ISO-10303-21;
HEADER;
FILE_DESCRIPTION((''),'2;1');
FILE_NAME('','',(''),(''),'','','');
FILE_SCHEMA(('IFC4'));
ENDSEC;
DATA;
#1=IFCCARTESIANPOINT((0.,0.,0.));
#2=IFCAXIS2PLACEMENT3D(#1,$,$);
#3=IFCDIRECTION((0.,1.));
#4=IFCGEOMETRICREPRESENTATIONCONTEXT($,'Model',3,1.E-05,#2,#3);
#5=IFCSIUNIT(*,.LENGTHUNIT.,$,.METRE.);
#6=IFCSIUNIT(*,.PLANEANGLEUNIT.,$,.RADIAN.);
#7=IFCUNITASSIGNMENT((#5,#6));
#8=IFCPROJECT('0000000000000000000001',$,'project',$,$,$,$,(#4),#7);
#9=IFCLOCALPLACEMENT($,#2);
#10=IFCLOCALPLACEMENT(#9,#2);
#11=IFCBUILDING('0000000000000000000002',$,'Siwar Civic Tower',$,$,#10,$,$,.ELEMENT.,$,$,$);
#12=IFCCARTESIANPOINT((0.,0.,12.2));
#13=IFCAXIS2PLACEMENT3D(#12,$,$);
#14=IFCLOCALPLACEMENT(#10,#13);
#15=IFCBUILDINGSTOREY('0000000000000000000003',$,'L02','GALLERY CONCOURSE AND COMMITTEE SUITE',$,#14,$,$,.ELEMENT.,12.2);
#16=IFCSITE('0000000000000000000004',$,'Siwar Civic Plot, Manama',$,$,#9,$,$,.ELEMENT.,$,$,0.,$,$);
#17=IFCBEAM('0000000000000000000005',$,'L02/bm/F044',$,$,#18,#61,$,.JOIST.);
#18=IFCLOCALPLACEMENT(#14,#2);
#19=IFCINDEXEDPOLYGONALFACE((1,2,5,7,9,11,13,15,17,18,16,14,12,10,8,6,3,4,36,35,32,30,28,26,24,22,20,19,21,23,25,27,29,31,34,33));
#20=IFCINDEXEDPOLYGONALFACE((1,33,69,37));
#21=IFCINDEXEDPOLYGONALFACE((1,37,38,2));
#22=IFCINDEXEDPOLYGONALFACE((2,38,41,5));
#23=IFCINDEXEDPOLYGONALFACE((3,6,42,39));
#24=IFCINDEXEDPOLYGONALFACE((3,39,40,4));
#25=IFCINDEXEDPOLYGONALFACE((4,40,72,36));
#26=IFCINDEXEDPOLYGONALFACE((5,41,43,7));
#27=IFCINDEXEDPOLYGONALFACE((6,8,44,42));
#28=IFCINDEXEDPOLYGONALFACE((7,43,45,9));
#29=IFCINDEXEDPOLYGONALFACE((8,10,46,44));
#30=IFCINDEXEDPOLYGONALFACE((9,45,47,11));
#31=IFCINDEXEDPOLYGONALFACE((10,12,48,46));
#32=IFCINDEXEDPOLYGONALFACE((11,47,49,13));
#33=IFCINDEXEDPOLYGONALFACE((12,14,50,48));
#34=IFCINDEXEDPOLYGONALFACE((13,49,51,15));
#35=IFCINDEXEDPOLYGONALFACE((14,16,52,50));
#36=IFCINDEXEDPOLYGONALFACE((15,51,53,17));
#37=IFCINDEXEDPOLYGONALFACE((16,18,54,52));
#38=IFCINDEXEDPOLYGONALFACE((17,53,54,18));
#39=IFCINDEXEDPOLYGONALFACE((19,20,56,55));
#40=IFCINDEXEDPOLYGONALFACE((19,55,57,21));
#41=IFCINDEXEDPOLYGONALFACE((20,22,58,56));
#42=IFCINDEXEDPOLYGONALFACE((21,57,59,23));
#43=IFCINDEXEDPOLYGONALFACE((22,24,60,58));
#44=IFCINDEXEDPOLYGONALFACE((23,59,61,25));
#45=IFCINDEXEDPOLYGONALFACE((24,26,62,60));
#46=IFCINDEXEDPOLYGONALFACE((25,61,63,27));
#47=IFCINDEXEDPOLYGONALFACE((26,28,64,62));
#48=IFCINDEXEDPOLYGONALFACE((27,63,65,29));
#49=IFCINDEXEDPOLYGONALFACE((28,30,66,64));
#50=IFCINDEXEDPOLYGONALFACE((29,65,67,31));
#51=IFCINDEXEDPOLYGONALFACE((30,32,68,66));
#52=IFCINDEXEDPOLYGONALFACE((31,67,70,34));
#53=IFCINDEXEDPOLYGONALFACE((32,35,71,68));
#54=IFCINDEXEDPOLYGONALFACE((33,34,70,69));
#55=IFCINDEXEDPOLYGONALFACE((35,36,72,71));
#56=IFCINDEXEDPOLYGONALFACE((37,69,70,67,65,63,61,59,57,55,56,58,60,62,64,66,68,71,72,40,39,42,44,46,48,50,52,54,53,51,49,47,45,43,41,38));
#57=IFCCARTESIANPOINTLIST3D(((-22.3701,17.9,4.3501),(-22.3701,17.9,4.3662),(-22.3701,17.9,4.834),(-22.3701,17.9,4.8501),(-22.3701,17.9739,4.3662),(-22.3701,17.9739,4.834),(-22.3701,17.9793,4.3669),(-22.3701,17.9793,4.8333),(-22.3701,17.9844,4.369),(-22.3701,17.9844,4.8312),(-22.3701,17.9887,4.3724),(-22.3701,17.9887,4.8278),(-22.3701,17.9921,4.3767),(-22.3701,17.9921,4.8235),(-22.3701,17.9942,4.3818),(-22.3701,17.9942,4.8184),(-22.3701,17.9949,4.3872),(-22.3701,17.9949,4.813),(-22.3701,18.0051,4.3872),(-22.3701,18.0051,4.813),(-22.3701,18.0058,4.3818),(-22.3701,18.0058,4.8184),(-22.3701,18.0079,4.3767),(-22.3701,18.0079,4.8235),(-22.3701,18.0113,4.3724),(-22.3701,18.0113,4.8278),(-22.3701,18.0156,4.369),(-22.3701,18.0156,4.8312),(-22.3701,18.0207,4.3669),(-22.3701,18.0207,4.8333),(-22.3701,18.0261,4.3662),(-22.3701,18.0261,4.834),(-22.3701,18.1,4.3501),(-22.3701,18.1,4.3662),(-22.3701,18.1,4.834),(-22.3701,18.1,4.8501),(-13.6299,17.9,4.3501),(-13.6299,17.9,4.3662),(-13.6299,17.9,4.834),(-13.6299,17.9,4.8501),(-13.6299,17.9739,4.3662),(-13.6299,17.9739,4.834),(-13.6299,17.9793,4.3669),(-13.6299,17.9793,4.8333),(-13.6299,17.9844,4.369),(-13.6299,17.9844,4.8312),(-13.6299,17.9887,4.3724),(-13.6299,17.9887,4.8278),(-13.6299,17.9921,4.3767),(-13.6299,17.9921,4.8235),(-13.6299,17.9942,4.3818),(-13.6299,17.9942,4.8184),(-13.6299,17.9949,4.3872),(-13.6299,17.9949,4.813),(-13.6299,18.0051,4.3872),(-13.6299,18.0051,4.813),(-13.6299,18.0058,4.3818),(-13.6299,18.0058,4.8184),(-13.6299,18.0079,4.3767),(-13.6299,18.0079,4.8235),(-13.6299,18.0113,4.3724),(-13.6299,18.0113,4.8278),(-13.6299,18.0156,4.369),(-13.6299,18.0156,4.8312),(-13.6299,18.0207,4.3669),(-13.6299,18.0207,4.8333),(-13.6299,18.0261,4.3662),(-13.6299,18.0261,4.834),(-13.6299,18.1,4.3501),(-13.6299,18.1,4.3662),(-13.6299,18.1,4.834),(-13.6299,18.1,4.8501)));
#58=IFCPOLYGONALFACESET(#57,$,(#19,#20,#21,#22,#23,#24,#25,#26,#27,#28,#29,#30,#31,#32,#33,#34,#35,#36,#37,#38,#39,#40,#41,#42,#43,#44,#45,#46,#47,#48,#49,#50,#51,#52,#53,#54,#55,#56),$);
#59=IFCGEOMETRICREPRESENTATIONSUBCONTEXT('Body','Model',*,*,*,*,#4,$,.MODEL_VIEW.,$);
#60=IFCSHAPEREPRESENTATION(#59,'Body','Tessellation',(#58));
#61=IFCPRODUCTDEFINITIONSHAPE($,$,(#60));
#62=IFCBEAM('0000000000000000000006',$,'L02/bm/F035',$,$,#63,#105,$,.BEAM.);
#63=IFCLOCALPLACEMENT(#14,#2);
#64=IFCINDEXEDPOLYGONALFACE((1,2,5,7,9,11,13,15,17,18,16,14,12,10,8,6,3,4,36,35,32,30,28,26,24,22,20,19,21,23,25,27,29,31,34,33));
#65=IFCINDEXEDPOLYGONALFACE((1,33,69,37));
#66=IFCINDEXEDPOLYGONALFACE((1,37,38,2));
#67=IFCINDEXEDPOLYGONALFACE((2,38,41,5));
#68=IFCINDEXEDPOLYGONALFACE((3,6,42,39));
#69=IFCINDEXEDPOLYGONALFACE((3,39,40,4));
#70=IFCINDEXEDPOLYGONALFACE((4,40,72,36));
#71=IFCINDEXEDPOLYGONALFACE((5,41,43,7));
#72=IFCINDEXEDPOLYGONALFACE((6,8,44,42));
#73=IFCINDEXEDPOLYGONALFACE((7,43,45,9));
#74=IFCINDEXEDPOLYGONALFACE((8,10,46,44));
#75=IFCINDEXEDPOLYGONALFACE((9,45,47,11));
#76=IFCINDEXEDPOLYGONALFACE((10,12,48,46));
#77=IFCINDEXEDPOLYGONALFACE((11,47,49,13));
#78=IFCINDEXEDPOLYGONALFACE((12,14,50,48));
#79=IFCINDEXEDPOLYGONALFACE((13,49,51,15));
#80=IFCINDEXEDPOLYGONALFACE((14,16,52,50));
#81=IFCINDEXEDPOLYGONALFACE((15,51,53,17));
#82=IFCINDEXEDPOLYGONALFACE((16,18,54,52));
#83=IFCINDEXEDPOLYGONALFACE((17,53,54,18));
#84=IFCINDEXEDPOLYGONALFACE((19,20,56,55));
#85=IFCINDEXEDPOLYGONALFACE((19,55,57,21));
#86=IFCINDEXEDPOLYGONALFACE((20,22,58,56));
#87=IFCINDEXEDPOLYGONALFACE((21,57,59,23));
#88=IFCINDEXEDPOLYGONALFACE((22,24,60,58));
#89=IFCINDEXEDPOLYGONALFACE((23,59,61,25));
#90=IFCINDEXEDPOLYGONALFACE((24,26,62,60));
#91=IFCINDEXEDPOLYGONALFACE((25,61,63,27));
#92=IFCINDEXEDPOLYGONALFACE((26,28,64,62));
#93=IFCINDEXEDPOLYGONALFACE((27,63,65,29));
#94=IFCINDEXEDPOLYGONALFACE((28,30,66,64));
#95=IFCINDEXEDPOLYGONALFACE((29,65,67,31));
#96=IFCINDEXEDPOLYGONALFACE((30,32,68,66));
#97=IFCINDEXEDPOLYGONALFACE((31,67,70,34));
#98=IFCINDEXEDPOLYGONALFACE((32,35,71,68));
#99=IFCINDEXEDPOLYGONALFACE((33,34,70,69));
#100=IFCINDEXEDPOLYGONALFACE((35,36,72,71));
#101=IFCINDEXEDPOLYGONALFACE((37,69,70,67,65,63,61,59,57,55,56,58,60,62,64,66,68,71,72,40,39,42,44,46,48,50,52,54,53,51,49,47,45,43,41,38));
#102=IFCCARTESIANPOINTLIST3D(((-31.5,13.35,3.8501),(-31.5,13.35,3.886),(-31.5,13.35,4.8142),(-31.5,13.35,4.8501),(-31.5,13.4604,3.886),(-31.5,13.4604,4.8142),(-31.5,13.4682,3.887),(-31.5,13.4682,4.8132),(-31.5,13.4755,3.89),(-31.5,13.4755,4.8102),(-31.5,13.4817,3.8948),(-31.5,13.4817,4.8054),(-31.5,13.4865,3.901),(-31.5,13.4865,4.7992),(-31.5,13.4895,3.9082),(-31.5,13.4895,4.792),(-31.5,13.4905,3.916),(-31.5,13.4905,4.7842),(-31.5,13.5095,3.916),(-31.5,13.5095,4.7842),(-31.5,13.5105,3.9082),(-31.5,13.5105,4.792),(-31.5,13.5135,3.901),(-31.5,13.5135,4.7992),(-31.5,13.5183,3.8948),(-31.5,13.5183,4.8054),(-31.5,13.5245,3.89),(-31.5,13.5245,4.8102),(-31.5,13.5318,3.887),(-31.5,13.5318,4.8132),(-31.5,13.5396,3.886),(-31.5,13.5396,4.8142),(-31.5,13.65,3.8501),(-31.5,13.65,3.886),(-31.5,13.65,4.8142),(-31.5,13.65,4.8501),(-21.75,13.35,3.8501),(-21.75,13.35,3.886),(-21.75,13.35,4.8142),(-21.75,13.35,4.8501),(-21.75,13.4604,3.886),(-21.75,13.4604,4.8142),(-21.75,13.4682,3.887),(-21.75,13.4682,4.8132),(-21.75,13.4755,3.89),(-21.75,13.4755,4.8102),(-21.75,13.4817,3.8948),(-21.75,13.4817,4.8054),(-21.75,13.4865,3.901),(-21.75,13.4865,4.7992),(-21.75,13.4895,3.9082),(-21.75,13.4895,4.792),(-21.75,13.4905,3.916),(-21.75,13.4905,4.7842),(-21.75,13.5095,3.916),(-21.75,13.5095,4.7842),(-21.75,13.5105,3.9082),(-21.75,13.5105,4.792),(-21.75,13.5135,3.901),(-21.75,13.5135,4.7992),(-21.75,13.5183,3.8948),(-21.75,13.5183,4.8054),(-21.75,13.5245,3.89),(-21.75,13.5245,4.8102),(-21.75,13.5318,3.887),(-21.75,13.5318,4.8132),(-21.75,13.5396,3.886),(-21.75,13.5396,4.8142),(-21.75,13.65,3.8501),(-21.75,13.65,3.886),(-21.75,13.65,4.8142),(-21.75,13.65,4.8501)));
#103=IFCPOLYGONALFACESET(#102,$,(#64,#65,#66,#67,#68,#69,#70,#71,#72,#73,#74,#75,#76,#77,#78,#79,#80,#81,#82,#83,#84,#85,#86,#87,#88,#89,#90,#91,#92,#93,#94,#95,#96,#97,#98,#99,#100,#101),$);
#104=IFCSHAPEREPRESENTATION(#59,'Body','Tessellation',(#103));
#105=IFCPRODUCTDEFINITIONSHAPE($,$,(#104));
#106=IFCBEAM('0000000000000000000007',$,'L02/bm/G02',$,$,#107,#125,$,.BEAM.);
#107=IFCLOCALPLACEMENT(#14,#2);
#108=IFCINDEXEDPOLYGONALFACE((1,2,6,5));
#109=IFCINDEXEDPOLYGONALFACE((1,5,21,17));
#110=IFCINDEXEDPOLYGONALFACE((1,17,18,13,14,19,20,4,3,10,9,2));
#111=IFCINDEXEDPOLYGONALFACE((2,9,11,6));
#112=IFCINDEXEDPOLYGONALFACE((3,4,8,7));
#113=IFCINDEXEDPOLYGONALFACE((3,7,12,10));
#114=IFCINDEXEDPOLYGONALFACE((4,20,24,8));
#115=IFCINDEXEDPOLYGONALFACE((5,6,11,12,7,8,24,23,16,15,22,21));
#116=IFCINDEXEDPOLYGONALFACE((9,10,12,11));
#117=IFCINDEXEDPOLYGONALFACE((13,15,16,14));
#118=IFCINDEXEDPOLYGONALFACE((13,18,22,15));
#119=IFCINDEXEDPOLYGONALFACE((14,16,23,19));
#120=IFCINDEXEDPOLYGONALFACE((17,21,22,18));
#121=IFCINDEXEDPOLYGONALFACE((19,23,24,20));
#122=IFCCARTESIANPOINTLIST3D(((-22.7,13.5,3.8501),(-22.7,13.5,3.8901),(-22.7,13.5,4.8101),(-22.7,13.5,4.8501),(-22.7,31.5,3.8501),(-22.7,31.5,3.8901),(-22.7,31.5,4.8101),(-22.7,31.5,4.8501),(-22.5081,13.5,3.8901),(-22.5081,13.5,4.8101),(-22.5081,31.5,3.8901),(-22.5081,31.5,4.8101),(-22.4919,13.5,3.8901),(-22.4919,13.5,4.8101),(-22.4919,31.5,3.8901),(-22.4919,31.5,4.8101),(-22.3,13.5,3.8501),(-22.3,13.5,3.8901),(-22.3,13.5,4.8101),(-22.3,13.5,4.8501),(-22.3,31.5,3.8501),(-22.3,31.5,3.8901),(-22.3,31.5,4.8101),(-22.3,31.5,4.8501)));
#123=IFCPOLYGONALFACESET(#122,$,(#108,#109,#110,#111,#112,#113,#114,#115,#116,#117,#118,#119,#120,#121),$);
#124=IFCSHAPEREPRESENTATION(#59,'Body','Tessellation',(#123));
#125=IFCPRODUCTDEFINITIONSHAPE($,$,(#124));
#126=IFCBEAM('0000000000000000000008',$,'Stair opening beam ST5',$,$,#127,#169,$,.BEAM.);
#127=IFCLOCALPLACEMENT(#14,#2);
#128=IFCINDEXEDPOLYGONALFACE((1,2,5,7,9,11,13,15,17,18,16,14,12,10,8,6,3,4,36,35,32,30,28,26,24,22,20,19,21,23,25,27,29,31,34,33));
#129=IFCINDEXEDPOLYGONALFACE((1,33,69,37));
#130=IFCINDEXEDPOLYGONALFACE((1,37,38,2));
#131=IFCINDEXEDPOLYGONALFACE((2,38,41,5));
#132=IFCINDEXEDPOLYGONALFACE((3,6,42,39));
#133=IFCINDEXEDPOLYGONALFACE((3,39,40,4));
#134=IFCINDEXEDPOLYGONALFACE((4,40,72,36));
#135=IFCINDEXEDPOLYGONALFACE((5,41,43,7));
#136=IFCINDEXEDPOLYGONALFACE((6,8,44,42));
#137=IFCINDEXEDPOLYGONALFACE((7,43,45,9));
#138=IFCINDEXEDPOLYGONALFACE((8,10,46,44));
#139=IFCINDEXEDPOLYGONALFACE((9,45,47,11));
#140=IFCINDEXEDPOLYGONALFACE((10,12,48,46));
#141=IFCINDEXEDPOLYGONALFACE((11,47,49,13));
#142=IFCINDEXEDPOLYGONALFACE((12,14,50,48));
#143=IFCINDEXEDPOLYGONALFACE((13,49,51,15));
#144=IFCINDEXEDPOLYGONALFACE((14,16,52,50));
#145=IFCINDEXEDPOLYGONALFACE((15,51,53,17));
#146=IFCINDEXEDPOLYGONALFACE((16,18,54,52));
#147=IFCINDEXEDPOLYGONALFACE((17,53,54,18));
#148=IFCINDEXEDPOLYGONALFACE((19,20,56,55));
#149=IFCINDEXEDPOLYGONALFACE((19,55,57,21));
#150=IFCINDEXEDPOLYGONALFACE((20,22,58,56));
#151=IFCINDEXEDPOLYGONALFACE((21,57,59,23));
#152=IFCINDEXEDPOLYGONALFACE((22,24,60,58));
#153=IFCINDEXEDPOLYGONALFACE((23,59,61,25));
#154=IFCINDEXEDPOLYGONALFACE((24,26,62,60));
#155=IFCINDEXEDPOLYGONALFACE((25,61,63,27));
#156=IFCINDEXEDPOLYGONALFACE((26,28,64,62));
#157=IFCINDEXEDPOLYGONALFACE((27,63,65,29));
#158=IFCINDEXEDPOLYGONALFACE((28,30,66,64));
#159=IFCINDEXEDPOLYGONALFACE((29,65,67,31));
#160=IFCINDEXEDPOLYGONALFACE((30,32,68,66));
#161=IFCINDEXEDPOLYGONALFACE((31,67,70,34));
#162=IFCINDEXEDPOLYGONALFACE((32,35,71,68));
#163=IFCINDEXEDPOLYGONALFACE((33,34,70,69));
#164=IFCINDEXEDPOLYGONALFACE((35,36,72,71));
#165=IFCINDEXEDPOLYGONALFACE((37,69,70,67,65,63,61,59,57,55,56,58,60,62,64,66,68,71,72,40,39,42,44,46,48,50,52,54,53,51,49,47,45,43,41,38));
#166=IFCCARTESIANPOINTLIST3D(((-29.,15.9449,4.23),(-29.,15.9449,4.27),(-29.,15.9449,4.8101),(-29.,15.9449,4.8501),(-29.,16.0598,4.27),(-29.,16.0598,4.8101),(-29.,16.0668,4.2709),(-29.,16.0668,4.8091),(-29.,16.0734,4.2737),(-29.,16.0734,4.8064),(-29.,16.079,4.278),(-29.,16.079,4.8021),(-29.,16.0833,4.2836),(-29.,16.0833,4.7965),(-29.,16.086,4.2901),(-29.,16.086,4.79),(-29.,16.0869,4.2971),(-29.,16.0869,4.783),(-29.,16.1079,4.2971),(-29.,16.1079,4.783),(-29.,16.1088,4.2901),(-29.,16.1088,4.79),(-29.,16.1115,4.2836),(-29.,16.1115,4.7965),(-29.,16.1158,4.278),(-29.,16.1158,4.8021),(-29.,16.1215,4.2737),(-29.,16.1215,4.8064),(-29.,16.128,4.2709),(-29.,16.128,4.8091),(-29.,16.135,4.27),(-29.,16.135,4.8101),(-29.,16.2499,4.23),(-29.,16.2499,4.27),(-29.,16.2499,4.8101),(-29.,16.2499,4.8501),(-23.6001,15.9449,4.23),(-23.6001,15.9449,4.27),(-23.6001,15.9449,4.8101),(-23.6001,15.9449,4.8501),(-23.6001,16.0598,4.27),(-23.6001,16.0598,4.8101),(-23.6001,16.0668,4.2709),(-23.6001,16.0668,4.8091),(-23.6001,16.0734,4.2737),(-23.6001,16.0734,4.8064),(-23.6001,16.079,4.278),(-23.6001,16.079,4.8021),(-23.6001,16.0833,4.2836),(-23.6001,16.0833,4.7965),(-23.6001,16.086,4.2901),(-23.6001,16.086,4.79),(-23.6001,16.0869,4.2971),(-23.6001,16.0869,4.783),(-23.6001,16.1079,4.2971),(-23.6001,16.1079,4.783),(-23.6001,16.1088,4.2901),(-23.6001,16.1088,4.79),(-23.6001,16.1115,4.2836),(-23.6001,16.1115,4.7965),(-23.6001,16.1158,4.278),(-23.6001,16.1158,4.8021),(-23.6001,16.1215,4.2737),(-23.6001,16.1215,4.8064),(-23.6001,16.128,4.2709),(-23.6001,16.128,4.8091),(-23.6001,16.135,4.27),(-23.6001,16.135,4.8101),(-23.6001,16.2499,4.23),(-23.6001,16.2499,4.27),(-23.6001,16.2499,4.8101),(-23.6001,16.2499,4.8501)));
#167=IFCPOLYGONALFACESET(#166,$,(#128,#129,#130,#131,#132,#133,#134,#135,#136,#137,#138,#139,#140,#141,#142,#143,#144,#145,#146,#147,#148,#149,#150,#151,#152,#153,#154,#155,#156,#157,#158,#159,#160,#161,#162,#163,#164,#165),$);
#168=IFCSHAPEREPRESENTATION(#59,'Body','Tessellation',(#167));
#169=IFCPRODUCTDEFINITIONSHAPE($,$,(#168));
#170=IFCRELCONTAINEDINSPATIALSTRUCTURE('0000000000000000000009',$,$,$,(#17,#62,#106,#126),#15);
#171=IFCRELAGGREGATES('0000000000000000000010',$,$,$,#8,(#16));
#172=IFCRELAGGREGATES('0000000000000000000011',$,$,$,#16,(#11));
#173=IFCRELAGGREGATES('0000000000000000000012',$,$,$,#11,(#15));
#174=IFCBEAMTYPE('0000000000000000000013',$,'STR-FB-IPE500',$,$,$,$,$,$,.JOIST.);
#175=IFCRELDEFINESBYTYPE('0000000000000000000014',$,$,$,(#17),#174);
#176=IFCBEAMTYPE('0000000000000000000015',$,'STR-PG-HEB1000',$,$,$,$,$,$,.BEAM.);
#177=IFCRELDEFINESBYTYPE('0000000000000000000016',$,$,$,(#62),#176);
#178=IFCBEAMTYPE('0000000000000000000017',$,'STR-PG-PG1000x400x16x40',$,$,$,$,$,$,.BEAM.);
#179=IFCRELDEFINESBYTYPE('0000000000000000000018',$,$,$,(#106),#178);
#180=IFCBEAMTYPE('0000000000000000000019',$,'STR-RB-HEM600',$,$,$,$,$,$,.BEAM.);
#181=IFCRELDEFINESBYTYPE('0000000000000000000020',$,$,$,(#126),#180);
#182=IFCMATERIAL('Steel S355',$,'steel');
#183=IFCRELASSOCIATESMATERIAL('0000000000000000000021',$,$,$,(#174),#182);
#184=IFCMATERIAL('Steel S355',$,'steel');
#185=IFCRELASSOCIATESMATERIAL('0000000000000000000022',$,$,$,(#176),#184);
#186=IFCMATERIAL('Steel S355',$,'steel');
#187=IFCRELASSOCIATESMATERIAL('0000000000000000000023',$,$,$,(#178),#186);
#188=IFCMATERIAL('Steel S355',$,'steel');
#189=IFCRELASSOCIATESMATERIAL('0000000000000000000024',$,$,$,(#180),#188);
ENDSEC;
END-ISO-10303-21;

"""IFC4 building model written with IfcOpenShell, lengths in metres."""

from ifc_helpers import new_model, si_unit, direction, frame, origin, origin_2d, place, context, subcontext, project, spatial, i_section, extrude, material, material_profile, profile_set, type_object, element, save


model = new_model("IFC4")

# Units and contexts
model_context = context("Model", 3, precision=1e-05, world=origin(), true_north=direction((0.0, 1.0)))
body_context = subcontext(model_context, "Body", "Model", "MODEL_VIEW")
ifc_project = project(units=[si_unit("LENGTHUNIT", "METRE"), si_unit("PLANEANGLEUNIT", "RADIAN")], contexts=[model_context])

# Site, building, storey
site_placement = place(None, origin())
site = spatial("IfcSite", under=ifc_project, at=site_placement, Name="Siwar Civic Plot, Manama", CompositionType="ELEMENT", RefElevation=0.0)
building_placement = place(site_placement, origin())
building = spatial("IfcBuilding", under=site, at=building_placement, Name="Siwar Civic Tower", CompositionType="ELEMENT")
storey_placement = place(building_placement, frame((0.0, 0.0, 12.2)))
storey = spatial("IfcBuildingStorey", under=building, at=storey_placement, Name="L02", Description="GALLERY CONCOURSE AND COMMITTEE SUITE", CompositionType="ELEMENT", Elevation=12.2)

# Beams
ifc_material_1 = material(Name="Steel S355", Category="steel")
ifc_material_profile_1 = material_profile(ifc_material_1, i_section(OverallWidth=0.2, OverallDepth=0.5, WebThickness=0.0103, FlangeThickness=0.0161, FilletRadius=0.021, at=origin_2d()), Name="IPE500")
ifc_profile_set_1 = profile_set([ifc_material_profile_1], Name="Steel S355")
beam_type_1 = type_object("IfcBeamType", Name="STR-FB-IPE500", PredefinedType="JOIST", material=ifc_profile_set_1)
beam_1_placement = place(storey_placement, frame((-22.3701, 18.0, 4.6001), z_axis=(1.0, 0.0, 0.0), x_axis=(0.0, 1.0, 0.0)))
element("IfcBeam", 1, at=beam_1_placement, inside=storey, type_object=beam_type_1, Name="L02/bm/F044", PredefinedType="JOIST", context=body_context, shape_type="SweptSolid", body=[
    extrude(i_section(OverallWidth=0.2, OverallDepth=0.5, WebThickness=0.0103, FlangeThickness=0.0161, FilletRadius=0.021, at=origin_2d()), origin(), (0.0, 0.0, 1.0), 8.7402),
])
ifc_material_2 = material(Name="Steel S355", Category="steel")
ifc_material_profile_2 = material_profile(ifc_material_2, i_section(OverallWidth=0.3, OverallDepth=1.0, WebThickness=0.019, FlangeThickness=0.0359, FilletRadius=0.03, at=origin_2d()), Name="HEB1000")
ifc_profile_set_2 = profile_set([ifc_material_profile_2], Name="Steel S355")
beam_type_2 = type_object("IfcBeamType", Name="STR-PG-HEB1000", PredefinedType="BEAM", material=ifc_profile_set_2)
beam_2_placement = place(storey_placement, frame((-31.5, 13.5, 4.3501), z_axis=(1.0, 0.0, 0.0), x_axis=(0.0, 1.0, 0.0)))
element("IfcBeam", 2, at=beam_2_placement, inside=storey, type_object=beam_type_2, Name="L02/bm/F035", PredefinedType="BEAM", context=body_context, shape_type="SweptSolid", body=[
    extrude(i_section(OverallWidth=0.3, OverallDepth=1.0, WebThickness=0.019, FlangeThickness=0.0359, FilletRadius=0.03, at=origin_2d()), origin(), (0.0, 0.0, 1.0), 9.75),
])
ifc_material_3 = material(Name="Steel S355", Category="steel")
ifc_material_profile_3 = material_profile(ifc_material_3, i_section(OverallWidth=0.3999, OverallDepth=1.0, WebThickness=0.0161, FlangeThickness=0.04, at=origin_2d()), Name="PG1000x400x16x40")
ifc_profile_set_3 = profile_set([ifc_material_profile_3], Name="Steel S355")
beam_type_3 = type_object("IfcBeamType", Name="STR-PG-PG1000x400x16x40", PredefinedType="BEAM", material=ifc_profile_set_3)
beam_3_placement = place(storey_placement, frame((-22.5, 13.5, 4.3501), z_axis=(0.0, 1.0, 0.0), x_axis=(-1.0, 0.0, 0.0)))
element("IfcBeam", 3, at=beam_3_placement, inside=storey, type_object=beam_type_3, Name="L02/bm/G02", PredefinedType="BEAM", context=body_context, shape_type="SweptSolid", body=[
    extrude(i_section(OverallWidth=0.3999, OverallDepth=1.0, WebThickness=0.0161, FlangeThickness=0.04, at=origin_2d()), origin(), (0.0, 0.0, 1.0), 18.0),
])
ifc_material_4 = material(Name="Steel S355", Category="steel")
ifc_material_profile_4 = material_profile(ifc_material_4, i_section(OverallWidth=0.3049, OverallDepth=0.6201, WebThickness=0.021, FlangeThickness=0.04, FilletRadius=0.0271, at=origin_2d()), Name="HEM600")
ifc_profile_set_4 = profile_set([ifc_material_profile_4], Name="Steel S355")
beam_type_4 = type_object("IfcBeamType", Name="STR-RB-HEM600", PredefinedType="BEAM", material=ifc_profile_set_4)
beam_4_placement = place(storey_placement, frame((-29.0, 16.0974, 4.54), z_axis=(1.0, 0.0, 0.0), x_axis=(0.0, 1.0, 0.0)))
element("IfcBeam", 4, at=beam_4_placement, inside=storey, type_object=beam_type_4, Name="Stair opening beam ST5", PredefinedType="BEAM", context=body_context, shape_type="SweptSolid", body=[
    extrude(i_section(OverallWidth=0.3049, OverallDepth=0.6201, WebThickness=0.021, FlangeThickness=0.04, FilletRadius=0.0271, at=origin_2d()), origin(), (0.0, 0.0, 1.0), 5.3999),
])

save(model, "model.ifc")
